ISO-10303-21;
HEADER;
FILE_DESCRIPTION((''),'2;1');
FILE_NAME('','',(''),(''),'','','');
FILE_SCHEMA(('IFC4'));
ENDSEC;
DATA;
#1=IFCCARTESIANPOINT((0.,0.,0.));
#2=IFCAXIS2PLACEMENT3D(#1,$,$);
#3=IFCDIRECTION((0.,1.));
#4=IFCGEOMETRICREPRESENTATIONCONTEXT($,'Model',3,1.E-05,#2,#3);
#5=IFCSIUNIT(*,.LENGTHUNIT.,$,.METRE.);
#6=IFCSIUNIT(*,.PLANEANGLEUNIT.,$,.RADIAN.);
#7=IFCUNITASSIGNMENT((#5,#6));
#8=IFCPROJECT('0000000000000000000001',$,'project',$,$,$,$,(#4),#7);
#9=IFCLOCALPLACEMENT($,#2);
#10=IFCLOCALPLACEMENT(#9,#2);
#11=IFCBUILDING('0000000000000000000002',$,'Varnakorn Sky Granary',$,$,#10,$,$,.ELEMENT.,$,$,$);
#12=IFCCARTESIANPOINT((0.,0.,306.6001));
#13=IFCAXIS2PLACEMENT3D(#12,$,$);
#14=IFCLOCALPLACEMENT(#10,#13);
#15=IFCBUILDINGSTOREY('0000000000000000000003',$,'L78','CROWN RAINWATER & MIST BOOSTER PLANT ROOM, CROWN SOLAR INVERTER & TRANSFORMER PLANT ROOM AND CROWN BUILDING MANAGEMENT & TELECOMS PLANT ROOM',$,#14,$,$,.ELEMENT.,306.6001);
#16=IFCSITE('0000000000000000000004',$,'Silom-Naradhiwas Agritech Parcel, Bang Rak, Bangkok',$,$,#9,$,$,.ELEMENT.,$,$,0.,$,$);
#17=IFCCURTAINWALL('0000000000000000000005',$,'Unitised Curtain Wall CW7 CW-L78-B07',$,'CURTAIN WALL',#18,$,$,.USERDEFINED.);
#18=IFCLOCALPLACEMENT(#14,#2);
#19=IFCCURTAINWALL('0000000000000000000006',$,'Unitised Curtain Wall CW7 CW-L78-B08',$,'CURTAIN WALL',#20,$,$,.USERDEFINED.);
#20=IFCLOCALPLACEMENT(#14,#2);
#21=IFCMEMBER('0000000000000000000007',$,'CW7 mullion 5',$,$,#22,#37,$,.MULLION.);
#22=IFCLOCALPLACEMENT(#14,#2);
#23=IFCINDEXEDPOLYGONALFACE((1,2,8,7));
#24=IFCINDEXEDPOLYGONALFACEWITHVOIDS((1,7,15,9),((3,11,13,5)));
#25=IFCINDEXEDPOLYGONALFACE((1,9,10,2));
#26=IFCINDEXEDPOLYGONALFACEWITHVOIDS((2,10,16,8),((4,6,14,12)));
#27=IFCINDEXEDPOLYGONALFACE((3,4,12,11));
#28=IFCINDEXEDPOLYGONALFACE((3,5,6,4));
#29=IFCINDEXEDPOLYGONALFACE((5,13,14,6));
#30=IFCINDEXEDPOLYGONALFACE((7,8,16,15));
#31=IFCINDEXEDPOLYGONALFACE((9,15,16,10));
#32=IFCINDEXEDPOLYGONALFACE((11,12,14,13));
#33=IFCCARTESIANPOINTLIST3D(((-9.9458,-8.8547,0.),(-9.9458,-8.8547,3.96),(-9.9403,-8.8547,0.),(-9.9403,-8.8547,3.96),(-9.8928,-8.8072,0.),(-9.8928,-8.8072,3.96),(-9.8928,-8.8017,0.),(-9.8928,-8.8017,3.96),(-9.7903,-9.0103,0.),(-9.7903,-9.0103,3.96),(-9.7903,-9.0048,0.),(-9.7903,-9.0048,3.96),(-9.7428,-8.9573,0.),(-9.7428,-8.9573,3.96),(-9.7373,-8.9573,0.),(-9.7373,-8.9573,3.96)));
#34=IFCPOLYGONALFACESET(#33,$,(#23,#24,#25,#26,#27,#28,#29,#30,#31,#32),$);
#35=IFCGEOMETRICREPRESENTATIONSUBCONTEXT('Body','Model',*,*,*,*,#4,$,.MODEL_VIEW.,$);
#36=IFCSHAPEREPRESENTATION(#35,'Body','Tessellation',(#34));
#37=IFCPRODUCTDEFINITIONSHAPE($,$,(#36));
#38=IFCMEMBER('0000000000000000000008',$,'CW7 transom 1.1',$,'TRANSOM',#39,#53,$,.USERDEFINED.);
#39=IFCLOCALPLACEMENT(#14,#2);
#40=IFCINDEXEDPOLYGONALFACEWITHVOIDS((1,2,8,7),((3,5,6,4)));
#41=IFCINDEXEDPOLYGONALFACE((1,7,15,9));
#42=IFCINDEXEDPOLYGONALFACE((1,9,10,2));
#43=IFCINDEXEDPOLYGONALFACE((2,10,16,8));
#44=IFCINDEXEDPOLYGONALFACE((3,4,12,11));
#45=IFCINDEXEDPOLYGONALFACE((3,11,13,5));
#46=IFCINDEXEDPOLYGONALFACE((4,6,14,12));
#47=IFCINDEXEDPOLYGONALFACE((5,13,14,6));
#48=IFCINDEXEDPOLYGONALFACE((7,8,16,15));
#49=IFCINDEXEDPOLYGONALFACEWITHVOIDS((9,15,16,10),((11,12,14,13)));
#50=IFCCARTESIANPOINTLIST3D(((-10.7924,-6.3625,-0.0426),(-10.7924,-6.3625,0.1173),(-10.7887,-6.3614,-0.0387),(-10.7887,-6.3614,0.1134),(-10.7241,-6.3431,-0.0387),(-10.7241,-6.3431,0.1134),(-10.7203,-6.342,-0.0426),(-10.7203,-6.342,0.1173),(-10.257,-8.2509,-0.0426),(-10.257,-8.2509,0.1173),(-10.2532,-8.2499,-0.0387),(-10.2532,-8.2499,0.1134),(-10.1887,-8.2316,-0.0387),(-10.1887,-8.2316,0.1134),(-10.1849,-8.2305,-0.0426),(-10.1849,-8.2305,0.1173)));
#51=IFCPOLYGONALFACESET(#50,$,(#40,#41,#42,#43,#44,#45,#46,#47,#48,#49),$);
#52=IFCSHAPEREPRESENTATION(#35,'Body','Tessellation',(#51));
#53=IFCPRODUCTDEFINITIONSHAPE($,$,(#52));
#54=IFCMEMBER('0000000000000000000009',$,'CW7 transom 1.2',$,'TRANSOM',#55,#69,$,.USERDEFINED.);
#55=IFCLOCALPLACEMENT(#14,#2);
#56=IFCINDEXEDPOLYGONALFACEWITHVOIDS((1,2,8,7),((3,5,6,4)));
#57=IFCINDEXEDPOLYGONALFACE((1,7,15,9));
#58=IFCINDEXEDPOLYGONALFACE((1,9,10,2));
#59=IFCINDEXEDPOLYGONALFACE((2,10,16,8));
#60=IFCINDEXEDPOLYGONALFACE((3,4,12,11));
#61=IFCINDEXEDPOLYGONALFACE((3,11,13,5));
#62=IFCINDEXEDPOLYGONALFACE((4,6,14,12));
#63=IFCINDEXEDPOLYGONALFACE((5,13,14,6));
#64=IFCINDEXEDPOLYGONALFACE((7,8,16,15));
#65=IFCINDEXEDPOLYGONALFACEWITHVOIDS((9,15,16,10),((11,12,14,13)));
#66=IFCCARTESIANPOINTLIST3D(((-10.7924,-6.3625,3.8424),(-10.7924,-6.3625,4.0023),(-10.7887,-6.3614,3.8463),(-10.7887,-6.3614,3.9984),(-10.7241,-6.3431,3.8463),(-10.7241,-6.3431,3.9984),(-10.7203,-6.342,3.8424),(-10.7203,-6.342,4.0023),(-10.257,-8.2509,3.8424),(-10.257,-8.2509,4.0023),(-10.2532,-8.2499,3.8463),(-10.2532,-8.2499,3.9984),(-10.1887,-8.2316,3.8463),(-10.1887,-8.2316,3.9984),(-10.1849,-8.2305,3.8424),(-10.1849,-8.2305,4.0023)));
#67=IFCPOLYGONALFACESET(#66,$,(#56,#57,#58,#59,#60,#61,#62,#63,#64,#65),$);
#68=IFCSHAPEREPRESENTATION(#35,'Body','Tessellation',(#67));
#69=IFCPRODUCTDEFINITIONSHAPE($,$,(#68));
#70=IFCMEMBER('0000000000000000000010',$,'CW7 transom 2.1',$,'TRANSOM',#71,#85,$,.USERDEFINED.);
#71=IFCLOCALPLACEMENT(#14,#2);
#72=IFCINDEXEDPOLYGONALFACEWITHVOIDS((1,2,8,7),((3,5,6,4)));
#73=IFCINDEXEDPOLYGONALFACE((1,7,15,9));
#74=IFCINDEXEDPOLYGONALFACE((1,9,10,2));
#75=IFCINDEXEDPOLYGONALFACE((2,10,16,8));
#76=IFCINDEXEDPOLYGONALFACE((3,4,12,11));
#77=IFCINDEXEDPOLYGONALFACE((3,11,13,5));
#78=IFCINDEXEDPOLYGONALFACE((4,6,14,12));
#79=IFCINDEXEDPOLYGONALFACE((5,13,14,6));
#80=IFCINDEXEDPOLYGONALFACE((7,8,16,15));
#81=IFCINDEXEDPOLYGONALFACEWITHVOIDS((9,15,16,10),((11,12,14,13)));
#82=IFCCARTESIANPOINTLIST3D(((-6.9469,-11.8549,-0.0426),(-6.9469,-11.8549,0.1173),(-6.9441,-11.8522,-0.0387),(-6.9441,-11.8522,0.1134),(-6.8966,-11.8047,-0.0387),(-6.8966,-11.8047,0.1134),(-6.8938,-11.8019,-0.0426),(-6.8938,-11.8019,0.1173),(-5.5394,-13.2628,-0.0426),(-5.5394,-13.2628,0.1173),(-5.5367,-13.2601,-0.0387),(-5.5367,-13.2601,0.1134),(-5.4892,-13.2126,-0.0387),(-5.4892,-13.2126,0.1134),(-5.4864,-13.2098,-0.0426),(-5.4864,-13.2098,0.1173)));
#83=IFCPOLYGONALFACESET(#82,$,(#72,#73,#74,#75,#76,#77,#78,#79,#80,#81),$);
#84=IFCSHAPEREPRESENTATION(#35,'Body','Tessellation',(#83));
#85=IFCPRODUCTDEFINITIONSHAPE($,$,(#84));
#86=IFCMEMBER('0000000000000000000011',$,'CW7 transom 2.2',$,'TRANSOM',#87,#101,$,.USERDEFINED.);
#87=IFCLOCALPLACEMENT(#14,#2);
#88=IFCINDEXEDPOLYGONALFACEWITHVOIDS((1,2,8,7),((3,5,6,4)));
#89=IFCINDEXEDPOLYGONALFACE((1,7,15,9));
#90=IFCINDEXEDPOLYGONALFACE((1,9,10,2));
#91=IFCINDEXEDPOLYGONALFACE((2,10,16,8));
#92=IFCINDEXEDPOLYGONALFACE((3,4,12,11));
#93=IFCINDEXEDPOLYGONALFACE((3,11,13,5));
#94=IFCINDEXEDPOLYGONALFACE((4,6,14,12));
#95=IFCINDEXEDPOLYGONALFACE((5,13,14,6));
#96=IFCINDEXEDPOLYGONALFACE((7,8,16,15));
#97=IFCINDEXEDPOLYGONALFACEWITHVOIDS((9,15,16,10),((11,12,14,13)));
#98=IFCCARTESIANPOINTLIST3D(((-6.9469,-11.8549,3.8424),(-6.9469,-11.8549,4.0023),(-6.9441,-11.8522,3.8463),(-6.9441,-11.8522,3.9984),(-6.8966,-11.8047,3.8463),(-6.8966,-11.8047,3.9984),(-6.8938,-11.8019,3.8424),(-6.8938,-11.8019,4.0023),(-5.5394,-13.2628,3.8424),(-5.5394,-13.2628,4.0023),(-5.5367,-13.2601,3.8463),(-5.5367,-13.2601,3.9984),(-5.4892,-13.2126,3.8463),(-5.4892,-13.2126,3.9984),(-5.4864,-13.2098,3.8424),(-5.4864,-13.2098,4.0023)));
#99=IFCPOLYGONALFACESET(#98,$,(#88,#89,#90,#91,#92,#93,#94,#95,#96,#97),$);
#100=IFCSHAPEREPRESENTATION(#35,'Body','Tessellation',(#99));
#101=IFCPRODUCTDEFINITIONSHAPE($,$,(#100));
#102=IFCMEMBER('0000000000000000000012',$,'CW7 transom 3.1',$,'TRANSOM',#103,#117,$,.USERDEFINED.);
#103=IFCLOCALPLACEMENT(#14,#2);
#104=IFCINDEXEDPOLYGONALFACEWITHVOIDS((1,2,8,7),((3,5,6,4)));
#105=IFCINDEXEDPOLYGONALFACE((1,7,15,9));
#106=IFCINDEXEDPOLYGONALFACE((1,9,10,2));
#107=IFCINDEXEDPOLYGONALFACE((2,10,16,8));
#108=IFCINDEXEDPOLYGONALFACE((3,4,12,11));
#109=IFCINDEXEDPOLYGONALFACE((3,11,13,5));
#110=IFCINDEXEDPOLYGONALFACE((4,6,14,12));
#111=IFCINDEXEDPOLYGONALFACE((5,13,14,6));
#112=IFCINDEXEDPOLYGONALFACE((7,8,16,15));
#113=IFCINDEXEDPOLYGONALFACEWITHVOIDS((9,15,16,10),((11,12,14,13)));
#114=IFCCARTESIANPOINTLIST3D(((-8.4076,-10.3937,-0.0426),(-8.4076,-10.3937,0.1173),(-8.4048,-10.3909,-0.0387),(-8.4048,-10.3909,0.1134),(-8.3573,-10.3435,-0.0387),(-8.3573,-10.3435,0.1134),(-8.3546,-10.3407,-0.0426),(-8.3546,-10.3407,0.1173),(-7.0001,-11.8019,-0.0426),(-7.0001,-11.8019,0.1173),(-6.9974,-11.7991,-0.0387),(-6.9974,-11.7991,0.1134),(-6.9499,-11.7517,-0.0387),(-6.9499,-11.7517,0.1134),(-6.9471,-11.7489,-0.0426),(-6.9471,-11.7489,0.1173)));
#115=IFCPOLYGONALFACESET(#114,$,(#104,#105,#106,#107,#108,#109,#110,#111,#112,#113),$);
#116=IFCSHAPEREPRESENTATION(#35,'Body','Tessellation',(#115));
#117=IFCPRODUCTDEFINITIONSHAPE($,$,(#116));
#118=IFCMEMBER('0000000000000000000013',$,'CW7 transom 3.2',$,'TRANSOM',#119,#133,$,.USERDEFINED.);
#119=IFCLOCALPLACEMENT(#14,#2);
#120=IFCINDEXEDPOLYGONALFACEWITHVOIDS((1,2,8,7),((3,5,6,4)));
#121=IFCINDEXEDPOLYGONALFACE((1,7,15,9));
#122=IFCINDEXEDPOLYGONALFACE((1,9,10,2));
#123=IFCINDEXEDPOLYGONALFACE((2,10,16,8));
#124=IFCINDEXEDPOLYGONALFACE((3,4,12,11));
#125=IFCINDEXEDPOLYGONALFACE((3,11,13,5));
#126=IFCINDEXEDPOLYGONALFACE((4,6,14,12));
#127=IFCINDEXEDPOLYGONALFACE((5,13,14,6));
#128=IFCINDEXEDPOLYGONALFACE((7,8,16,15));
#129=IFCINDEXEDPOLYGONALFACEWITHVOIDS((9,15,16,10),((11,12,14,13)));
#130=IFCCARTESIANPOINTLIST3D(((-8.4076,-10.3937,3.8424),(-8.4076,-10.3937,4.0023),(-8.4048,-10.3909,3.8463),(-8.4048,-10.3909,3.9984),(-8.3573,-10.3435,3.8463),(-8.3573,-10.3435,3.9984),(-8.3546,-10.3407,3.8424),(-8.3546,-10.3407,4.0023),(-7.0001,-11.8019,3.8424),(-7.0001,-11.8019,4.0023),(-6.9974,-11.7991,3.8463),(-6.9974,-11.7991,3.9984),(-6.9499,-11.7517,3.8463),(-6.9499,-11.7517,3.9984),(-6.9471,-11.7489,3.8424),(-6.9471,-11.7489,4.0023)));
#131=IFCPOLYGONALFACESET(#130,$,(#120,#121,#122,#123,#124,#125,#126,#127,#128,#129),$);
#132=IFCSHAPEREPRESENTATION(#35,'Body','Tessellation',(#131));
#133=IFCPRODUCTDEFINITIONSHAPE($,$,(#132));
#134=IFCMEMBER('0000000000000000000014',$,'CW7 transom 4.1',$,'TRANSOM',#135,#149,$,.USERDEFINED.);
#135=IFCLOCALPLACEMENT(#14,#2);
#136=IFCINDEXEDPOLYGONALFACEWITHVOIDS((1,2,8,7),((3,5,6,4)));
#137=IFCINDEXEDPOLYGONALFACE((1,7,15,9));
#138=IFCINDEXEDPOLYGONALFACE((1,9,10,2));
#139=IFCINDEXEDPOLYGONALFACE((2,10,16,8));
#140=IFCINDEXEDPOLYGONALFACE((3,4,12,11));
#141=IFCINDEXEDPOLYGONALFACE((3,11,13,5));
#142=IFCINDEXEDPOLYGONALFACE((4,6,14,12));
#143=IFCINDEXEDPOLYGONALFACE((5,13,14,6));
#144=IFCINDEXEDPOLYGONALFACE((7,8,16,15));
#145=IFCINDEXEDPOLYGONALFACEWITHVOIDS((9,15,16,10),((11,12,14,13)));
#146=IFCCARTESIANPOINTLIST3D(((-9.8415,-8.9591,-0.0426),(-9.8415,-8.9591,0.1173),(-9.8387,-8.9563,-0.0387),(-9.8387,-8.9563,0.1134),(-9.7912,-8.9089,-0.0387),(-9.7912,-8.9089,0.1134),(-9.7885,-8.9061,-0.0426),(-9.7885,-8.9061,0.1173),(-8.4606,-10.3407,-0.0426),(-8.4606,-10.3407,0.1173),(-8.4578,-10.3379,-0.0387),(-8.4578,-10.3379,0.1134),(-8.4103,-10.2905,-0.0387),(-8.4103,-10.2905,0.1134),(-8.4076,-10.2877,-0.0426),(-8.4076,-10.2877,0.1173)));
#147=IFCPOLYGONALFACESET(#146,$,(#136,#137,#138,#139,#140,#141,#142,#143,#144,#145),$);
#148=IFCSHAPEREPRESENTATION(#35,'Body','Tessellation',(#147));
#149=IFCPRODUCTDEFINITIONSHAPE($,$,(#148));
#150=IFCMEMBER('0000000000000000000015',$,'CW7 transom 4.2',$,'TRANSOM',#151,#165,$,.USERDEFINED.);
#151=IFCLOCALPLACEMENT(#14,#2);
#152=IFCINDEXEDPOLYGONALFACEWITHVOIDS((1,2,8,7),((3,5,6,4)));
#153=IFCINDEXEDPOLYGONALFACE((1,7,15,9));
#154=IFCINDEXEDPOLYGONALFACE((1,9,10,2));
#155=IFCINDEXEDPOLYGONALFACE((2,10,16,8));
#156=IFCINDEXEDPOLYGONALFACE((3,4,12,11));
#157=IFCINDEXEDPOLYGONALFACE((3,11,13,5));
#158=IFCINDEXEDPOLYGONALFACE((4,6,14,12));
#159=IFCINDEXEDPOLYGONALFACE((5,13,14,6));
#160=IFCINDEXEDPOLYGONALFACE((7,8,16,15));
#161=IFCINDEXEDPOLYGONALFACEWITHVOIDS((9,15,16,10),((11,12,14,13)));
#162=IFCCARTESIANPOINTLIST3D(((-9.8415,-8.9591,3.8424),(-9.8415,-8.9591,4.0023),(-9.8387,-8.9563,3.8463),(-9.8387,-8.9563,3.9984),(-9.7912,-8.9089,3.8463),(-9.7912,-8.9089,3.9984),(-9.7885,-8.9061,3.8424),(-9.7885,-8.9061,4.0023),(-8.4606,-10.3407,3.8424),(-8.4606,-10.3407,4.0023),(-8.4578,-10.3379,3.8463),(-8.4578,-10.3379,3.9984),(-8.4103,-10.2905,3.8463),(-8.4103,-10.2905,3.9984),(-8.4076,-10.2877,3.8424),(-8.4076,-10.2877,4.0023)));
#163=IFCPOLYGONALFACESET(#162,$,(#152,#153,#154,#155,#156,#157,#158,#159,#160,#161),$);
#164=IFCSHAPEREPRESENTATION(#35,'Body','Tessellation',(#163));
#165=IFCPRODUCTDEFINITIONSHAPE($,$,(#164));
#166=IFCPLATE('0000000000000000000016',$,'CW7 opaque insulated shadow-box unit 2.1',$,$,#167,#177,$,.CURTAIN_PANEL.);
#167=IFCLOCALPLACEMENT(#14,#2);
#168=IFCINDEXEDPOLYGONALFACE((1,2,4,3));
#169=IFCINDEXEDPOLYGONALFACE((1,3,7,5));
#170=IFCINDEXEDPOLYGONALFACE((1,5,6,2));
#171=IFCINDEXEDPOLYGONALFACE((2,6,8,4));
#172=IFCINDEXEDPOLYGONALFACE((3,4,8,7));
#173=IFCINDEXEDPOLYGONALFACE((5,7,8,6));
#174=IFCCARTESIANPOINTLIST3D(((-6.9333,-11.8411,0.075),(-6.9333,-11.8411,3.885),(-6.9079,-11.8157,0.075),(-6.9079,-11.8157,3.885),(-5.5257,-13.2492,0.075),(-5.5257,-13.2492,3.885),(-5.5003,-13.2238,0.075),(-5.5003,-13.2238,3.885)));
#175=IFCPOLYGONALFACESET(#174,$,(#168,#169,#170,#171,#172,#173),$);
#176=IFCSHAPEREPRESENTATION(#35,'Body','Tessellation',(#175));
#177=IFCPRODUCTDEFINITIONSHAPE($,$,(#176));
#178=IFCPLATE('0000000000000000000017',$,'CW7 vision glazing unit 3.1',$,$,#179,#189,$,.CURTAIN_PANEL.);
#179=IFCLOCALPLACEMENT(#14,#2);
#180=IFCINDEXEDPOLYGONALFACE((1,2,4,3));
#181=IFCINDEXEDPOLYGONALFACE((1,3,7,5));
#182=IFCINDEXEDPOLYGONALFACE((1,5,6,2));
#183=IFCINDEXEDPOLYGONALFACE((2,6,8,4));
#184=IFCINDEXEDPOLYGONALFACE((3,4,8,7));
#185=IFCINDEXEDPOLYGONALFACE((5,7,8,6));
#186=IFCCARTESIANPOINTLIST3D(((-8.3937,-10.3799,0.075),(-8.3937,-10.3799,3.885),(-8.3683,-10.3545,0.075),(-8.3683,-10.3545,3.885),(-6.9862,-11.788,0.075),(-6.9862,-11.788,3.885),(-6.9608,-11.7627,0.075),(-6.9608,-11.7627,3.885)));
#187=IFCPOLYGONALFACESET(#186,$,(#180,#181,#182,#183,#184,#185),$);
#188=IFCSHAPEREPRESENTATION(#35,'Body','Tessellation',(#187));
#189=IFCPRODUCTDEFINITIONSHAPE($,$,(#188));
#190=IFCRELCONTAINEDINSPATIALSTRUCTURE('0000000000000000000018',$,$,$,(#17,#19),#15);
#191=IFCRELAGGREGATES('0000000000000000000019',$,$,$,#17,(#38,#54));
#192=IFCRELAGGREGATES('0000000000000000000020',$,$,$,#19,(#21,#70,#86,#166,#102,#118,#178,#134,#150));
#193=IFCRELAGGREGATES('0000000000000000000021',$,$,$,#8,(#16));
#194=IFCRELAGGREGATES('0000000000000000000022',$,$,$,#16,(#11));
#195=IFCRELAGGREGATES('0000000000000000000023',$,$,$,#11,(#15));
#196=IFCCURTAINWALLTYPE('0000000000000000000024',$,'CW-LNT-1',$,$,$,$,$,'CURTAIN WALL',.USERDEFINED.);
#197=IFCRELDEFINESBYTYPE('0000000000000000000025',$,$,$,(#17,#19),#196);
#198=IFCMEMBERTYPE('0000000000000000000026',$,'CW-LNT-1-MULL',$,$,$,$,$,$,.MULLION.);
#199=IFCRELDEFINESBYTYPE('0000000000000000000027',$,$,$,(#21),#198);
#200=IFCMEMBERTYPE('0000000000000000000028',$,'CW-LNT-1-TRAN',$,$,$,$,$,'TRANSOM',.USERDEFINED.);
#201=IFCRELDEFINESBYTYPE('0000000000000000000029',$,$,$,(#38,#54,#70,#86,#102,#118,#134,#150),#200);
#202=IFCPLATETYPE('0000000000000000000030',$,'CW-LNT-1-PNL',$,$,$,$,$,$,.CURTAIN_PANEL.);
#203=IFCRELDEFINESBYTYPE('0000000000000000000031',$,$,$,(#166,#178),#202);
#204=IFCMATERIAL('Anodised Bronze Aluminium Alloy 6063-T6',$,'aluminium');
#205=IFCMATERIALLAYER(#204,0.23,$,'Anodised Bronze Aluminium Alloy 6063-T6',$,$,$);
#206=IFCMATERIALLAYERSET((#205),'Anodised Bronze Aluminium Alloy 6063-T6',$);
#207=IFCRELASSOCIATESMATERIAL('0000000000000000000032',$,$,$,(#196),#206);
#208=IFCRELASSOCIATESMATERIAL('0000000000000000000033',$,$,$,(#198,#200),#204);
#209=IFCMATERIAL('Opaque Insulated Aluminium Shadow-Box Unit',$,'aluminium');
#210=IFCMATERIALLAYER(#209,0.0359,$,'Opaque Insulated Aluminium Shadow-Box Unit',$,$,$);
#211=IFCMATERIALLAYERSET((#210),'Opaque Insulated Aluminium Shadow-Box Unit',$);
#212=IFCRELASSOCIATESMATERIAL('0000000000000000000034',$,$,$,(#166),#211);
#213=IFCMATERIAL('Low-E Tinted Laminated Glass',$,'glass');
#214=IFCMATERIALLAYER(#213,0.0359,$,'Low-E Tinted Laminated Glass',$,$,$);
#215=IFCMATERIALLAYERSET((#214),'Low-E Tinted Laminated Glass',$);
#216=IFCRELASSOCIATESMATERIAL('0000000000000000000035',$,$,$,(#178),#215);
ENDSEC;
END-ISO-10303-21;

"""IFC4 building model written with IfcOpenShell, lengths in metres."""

from ifc_helpers import new_model, si_unit, direction, frame, origin, origin_2d, place, context, subcontext, project, spatial, rectangle, hollow_rectangle, extrude, source, transform, mapped, material, layer, layer_set, material_profile, profile_set, type_object, element, aggregate, save


model = new_model("IFC4")

# Units and contexts
model_context = context("Model", 3, precision=1e-05, world=origin(), true_north=direction((0.0, 1.0)))
body_context = subcontext(model_context, "Body", "Model", "MODEL_VIEW")
ifc_project = project(units=[si_unit("LENGTHUNIT", "METRE"), si_unit("PLANEANGLEUNIT", "RADIAN")], contexts=[model_context])

# Site, building, storey
site_placement = place(None, origin())
site = spatial("IfcSite", under=ifc_project, at=site_placement, Name="Silom-Naradhiwas Agritech Parcel, Bang Rak, Bangkok", CompositionType="ELEMENT", RefElevation=0.0)
building_placement = place(site_placement, origin())
building = spatial("IfcBuilding", under=site, at=building_placement, Name="Varnakorn Sky Granary", CompositionType="ELEMENT")
storey_placement = place(building_placement, frame((0.0, 0.0, 306.6001)))
storey = spatial("IfcBuildingStorey", under=building, at=storey_placement, Name="L78", Description="CROWN RAINWATER & MIST BOOSTER PLANT ROOM, CROWN SOLAR INVERTER & TRANSFORMER PLANT ROOM AND CROWN BUILDING MANAGEMENT & TELECOMS PLANT ROOM", CompositionType="ELEMENT", Elevation=306.6001)

# Curtain wall
ifc_material_1 = material(Name="Anodised Bronze Aluminium Alloy 6063-T6", Category="aluminium")
ifc_layer_1 = layer(ifc_material_1, 0.23, Name="Anodised Bronze Aluminium Alloy 6063-T6")
ifc_layer_set_1 = layer_set([ifc_layer_1], Name="Anodised Bronze Aluminium Alloy 6063-T6")
curtain_wall_type = type_object("IfcCurtainWallType", Name="CW-LNT-1", ElementType="CURTAIN WALL", PredefinedType="USERDEFINED", material=ifc_layer_set_1)
curtain_wall_1_placement = place(storey_placement, origin())
curtain_wall_1 = element("IfcCurtainWall", 1, at=curtain_wall_1_placement, inside=storey, type_object=curtain_wall_type, Name="Unitised Curtain Wall CW7 CW-L78-B07", ObjectType="CURTAIN WALL", PredefinedType="USERDEFINED")
ifc_material_profile_1 = material_profile(ifc_material_1, hollow_rectangle(XDim=0.075, YDim=0.22, WallThickness=0.0039, at=origin_2d()), Name="ALU MULL 75x220")
ifc_profile_set_1 = profile_set([ifc_material_profile_1], Name="Anodised Bronze Aluminium Alloy 6063-T6")
member_type_1 = type_object("IfcMemberType", Name="CW-LNT-1-MULL", PredefinedType="MULLION", material=ifc_profile_set_1)

# Curtain wall, member
curtain_wall_2_placement = place(storey_placement, origin())
curtain_wall_2 = element("IfcCurtainWall", 2, at=curtain_wall_2_placement, inside=storey, type_object=curtain_wall_type, Name="Unitised Curtain Wall CW7 CW-L78-B08", ObjectType="CURTAIN WALL", PredefinedType="USERDEFINED")
member_1_placement = place(storey_placement, frame((-9.8416, -8.906, 0.0), z_axis=(0.0, 0.0, 1.0), x_axis=(-0.707252, -0.706962, 0.0)))
member_1 = element("IfcMember", 3, at=member_1_placement, type_object=member_type_1, Name="CW7 mullion 5", PredefinedType="MULLION", context=body_context, shape_type="SweptSolid", body=[
    extrude(hollow_rectangle(XDim=0.075, YDim=0.22, WallThickness=0.0039, at=origin_2d()), origin(), (0.0, 0.0, 1.0), 3.96),
])

# Members
ifc_material_profile_2 = material_profile(ifc_material_1, hollow_rectangle(XDim=0.075, YDim=0.1599, WallThickness=0.0039, at=origin_2d()), Name="ALU TRAN 75x160")
ifc_profile_set_2 = profile_set([ifc_material_profile_2], Name="Anodised Bronze Aluminium Alloy 6063-T6")
member_type_2 = type_object("IfcMemberType", Name="CW-LNT-1-TRAN", ElementType="TRANSOM", PredefinedType="USERDEFINED", material=ifc_profile_set_2)
member_2_placement = place(storey_placement, frame((-10.2209, -8.2407, 0.0374), z_axis=(-0.272766, 0.96208, 0.0), x_axis=(-0.96208, -0.272766, 0.0)))
member_2 = element("IfcMember", 4, at=member_2_placement, type_object=member_type_2, Name="CW7 transom 1.1", ObjectType="TRANSOM", PredefinedType="USERDEFINED", context=body_context, shape_type="SweptSolid", body=[
    extrude(hollow_rectangle(XDim=0.075, YDim=0.1599, WallThickness=0.0039, at=origin_2d()), origin(), (0.0, 0.0, 1.0), 1.9629),
])
member_3_placement = place(storey_placement, frame((-10.2209, -8.2407, 3.9224), z_axis=(-0.272766, 0.96208, 0.0), x_axis=(-0.96208, -0.272766, 0.0)))
member_3 = element("IfcMember", 5, at=member_3_placement, type_object=member_type_2, Name="CW7 transom 1.2", ObjectType="TRANSOM", PredefinedType="USERDEFINED", context=body_context, shape_type="SweptSolid", body=[
    extrude(hollow_rectangle(XDim=0.075, YDim=0.1599, WallThickness=0.0039, at=origin_2d()), origin(), (0.0, 0.0, 1.0), 1.9629),
])
aggregate(curtain_wall_1, [member_2, member_3])
member_4_placement = place(storey_placement, frame((-5.5129, -13.2363, 0.0374), z_axis=(-0.706984, 0.707229, 0.0), x_axis=(-0.707229, -0.706984, 0.0)))
member_4 = element("IfcMember", 6, at=member_4_placement, type_object=member_type_2, Name="CW7 transom 2.1", ObjectType="TRANSOM", PredefinedType="USERDEFINED", context=body_context, shape_type="SweptSolid", body=[
    extrude(hollow_rectangle(XDim=0.075, YDim=0.1599, WallThickness=0.0039, at=origin_2d()), origin(), (0.0, 0.0, 1.0), 1.9907),
])
member_5_placement = place(storey_placement, frame((-5.5129, -13.2363, 3.9224), z_axis=(-0.706984, 0.707229, 0.0), x_axis=(-0.707229, -0.706984, 0.0)))
member_5 = element("IfcMember", 7, at=member_5_placement, type_object=member_type_2, Name="CW7 transom 2.2", ObjectType="TRANSOM", PredefinedType="USERDEFINED", context=body_context, shape_type="SweptSolid", body=[
    extrude(hollow_rectangle(XDim=0.075, YDim=0.1599, WallThickness=0.0039, at=origin_2d()), origin(), (0.0, 0.0, 1.0), 1.9907),
])
member_6_placement = place(storey_placement, frame((-6.9736, -11.7754, 0.0374), z_axis=(-0.706923, 0.707291, 0.0), x_axis=(-0.707291, -0.706923, 0.0)))
member_6 = element("IfcMember", 8, at=member_6_placement, type_object=member_type_2, Name="CW7 transom 3.1", ObjectType="TRANSOM", PredefinedType="USERDEFINED", context=body_context, shape_type="SweptSolid", body=[
    extrude(hollow_rectangle(XDim=0.075, YDim=0.1599, WallThickness=0.0039, at=origin_2d()), origin(), (0.0, 0.0, 1.0), 1.991),
])
member_7_placement = place(storey_placement, frame((-6.9736, -11.7754, 3.9224), z_axis=(-0.706923, 0.707291, 0.0), x_axis=(-0.707291, -0.706923, 0.0)))
member_7 = element("IfcMember", 9, at=member_7_placement, type_object=member_type_2, Name="CW7 transom 3.2", ObjectType="TRANSOM", PredefinedType="USERDEFINED", context=body_context, shape_type="SweptSolid", body=[
    extrude(hollow_rectangle(XDim=0.075, YDim=0.1599, WallThickness=0.0039, at=origin_2d()), origin(), (0.0, 0.0, 1.0), 1.991),
])
member_8_placement = place(storey_placement, frame((-8.4341, -10.3142, 0.0374), z_axis=(-0.706919, 0.707294, 0.0), x_axis=(-0.707294, -0.706919, 0.0)))
member_8 = element("IfcMember", 10, at=member_8_placement, type_object=member_type_2, Name="CW7 transom 4.1", ObjectType="TRANSOM", PredefinedType="USERDEFINED", context=body_context, shape_type="SweptSolid", body=[
    extrude(hollow_rectangle(XDim=0.075, YDim=0.1599, WallThickness=0.0039, at=origin_2d()), origin(), (0.0, 0.0, 1.0), 1.9534),
])
member_9_placement = place(storey_placement, frame((-8.4341, -10.3142, 3.9224), z_axis=(-0.706919, 0.707294, 0.0), x_axis=(-0.707294, -0.706919, 0.0)))
member_9 = element("IfcMember", 11, at=member_9_placement, type_object=member_type_2, Name="CW7 transom 4.2", ObjectType="TRANSOM", PredefinedType="USERDEFINED", context=body_context, shape_type="SweptSolid", body=[
    extrude(hollow_rectangle(XDim=0.075, YDim=0.1599, WallThickness=0.0039, at=origin_2d()), origin(), (0.0, 0.0, 1.0), 1.9534),
])

# Plates
ifc_material_2 = material(Name="Opaque Insulated Aluminium Shadow-Box Unit", Category="aluminium")
ifc_layer_2 = layer(ifc_material_2, 0.0359, Name="Opaque Insulated Aluminium Shadow-Box Unit")
ifc_layer_set_2 = layer_set([ifc_layer_2], Name="Opaque Insulated Aluminium Shadow-Box Unit")
plate_type = type_object("IfcPlateType", Name="CW-LNT-1-PNL", PredefinedType="CURTAIN_PANEL")
shared_shape_1 = source(origin(), body_context, "Body", "SweptSolid", [
    extrude(rectangle(XDim=1.991, YDim=0.0359, at=origin_2d()), origin(), (0.0, 0.0, 1.0), 3.8101),
])
plate_1_placement = place(storey_placement, frame((-6.2168, -12.5325, 0.075), z_axis=(0.0, 0.0, 1.0), x_axis=(-0.706962, 0.707252, 0.0)))
plate_1 = element("IfcPlate", 12, at=plate_1_placement, type_object=plate_type, material=ifc_layer_set_2, Name="CW7 opaque insulated shadow-box unit 2.1", PredefinedType="CURTAIN_PANEL", context=body_context, shape_type="MappedRepresentation", body=[
    mapped(shared_shape_1, transform((0.0, 0.0, 0.0), x_axis=(1.0, 0.0, 0.0), y_axis=(0.0, 1.0, 0.0), z_axis=(0.0, 0.0, 1.0), scale=1.0)),
])
ifc_material_3 = material(Name="Low-E Tinted Laminated Glass", Category="glass")
ifc_layer_3 = layer(ifc_material_3, 0.0359, Name="Low-E Tinted Laminated Glass")
ifc_layer_set_3 = layer_set([ifc_layer_3], Name="Low-E Tinted Laminated Glass")
plate_2_placement = place(storey_placement, frame((-7.6772, -11.0713, 0.075), z_axis=(0.0, 0.0, 1.0), x_axis=(-0.706962, 0.707252, 0.0)))
plate_2 = element("IfcPlate", 13, at=plate_2_placement, type_object=plate_type, material=ifc_layer_set_3, Name="CW7 vision glazing unit 3.1", PredefinedType="CURTAIN_PANEL", context=body_context, shape_type="MappedRepresentation", body=[
    mapped(shared_shape_1, transform((0.0, 0.0, 0.0), x_axis=(1.0, 0.0, 0.0), y_axis=(0.0, 1.0, 0.0), z_axis=(0.0, 0.0, 1.0), scale=1.0)),
])
aggregate(curtain_wall_2, [member_1, member_4, member_5, plate_1, member_6, member_7, plate_2, member_8, member_9])

save(model, "model.ifc")
